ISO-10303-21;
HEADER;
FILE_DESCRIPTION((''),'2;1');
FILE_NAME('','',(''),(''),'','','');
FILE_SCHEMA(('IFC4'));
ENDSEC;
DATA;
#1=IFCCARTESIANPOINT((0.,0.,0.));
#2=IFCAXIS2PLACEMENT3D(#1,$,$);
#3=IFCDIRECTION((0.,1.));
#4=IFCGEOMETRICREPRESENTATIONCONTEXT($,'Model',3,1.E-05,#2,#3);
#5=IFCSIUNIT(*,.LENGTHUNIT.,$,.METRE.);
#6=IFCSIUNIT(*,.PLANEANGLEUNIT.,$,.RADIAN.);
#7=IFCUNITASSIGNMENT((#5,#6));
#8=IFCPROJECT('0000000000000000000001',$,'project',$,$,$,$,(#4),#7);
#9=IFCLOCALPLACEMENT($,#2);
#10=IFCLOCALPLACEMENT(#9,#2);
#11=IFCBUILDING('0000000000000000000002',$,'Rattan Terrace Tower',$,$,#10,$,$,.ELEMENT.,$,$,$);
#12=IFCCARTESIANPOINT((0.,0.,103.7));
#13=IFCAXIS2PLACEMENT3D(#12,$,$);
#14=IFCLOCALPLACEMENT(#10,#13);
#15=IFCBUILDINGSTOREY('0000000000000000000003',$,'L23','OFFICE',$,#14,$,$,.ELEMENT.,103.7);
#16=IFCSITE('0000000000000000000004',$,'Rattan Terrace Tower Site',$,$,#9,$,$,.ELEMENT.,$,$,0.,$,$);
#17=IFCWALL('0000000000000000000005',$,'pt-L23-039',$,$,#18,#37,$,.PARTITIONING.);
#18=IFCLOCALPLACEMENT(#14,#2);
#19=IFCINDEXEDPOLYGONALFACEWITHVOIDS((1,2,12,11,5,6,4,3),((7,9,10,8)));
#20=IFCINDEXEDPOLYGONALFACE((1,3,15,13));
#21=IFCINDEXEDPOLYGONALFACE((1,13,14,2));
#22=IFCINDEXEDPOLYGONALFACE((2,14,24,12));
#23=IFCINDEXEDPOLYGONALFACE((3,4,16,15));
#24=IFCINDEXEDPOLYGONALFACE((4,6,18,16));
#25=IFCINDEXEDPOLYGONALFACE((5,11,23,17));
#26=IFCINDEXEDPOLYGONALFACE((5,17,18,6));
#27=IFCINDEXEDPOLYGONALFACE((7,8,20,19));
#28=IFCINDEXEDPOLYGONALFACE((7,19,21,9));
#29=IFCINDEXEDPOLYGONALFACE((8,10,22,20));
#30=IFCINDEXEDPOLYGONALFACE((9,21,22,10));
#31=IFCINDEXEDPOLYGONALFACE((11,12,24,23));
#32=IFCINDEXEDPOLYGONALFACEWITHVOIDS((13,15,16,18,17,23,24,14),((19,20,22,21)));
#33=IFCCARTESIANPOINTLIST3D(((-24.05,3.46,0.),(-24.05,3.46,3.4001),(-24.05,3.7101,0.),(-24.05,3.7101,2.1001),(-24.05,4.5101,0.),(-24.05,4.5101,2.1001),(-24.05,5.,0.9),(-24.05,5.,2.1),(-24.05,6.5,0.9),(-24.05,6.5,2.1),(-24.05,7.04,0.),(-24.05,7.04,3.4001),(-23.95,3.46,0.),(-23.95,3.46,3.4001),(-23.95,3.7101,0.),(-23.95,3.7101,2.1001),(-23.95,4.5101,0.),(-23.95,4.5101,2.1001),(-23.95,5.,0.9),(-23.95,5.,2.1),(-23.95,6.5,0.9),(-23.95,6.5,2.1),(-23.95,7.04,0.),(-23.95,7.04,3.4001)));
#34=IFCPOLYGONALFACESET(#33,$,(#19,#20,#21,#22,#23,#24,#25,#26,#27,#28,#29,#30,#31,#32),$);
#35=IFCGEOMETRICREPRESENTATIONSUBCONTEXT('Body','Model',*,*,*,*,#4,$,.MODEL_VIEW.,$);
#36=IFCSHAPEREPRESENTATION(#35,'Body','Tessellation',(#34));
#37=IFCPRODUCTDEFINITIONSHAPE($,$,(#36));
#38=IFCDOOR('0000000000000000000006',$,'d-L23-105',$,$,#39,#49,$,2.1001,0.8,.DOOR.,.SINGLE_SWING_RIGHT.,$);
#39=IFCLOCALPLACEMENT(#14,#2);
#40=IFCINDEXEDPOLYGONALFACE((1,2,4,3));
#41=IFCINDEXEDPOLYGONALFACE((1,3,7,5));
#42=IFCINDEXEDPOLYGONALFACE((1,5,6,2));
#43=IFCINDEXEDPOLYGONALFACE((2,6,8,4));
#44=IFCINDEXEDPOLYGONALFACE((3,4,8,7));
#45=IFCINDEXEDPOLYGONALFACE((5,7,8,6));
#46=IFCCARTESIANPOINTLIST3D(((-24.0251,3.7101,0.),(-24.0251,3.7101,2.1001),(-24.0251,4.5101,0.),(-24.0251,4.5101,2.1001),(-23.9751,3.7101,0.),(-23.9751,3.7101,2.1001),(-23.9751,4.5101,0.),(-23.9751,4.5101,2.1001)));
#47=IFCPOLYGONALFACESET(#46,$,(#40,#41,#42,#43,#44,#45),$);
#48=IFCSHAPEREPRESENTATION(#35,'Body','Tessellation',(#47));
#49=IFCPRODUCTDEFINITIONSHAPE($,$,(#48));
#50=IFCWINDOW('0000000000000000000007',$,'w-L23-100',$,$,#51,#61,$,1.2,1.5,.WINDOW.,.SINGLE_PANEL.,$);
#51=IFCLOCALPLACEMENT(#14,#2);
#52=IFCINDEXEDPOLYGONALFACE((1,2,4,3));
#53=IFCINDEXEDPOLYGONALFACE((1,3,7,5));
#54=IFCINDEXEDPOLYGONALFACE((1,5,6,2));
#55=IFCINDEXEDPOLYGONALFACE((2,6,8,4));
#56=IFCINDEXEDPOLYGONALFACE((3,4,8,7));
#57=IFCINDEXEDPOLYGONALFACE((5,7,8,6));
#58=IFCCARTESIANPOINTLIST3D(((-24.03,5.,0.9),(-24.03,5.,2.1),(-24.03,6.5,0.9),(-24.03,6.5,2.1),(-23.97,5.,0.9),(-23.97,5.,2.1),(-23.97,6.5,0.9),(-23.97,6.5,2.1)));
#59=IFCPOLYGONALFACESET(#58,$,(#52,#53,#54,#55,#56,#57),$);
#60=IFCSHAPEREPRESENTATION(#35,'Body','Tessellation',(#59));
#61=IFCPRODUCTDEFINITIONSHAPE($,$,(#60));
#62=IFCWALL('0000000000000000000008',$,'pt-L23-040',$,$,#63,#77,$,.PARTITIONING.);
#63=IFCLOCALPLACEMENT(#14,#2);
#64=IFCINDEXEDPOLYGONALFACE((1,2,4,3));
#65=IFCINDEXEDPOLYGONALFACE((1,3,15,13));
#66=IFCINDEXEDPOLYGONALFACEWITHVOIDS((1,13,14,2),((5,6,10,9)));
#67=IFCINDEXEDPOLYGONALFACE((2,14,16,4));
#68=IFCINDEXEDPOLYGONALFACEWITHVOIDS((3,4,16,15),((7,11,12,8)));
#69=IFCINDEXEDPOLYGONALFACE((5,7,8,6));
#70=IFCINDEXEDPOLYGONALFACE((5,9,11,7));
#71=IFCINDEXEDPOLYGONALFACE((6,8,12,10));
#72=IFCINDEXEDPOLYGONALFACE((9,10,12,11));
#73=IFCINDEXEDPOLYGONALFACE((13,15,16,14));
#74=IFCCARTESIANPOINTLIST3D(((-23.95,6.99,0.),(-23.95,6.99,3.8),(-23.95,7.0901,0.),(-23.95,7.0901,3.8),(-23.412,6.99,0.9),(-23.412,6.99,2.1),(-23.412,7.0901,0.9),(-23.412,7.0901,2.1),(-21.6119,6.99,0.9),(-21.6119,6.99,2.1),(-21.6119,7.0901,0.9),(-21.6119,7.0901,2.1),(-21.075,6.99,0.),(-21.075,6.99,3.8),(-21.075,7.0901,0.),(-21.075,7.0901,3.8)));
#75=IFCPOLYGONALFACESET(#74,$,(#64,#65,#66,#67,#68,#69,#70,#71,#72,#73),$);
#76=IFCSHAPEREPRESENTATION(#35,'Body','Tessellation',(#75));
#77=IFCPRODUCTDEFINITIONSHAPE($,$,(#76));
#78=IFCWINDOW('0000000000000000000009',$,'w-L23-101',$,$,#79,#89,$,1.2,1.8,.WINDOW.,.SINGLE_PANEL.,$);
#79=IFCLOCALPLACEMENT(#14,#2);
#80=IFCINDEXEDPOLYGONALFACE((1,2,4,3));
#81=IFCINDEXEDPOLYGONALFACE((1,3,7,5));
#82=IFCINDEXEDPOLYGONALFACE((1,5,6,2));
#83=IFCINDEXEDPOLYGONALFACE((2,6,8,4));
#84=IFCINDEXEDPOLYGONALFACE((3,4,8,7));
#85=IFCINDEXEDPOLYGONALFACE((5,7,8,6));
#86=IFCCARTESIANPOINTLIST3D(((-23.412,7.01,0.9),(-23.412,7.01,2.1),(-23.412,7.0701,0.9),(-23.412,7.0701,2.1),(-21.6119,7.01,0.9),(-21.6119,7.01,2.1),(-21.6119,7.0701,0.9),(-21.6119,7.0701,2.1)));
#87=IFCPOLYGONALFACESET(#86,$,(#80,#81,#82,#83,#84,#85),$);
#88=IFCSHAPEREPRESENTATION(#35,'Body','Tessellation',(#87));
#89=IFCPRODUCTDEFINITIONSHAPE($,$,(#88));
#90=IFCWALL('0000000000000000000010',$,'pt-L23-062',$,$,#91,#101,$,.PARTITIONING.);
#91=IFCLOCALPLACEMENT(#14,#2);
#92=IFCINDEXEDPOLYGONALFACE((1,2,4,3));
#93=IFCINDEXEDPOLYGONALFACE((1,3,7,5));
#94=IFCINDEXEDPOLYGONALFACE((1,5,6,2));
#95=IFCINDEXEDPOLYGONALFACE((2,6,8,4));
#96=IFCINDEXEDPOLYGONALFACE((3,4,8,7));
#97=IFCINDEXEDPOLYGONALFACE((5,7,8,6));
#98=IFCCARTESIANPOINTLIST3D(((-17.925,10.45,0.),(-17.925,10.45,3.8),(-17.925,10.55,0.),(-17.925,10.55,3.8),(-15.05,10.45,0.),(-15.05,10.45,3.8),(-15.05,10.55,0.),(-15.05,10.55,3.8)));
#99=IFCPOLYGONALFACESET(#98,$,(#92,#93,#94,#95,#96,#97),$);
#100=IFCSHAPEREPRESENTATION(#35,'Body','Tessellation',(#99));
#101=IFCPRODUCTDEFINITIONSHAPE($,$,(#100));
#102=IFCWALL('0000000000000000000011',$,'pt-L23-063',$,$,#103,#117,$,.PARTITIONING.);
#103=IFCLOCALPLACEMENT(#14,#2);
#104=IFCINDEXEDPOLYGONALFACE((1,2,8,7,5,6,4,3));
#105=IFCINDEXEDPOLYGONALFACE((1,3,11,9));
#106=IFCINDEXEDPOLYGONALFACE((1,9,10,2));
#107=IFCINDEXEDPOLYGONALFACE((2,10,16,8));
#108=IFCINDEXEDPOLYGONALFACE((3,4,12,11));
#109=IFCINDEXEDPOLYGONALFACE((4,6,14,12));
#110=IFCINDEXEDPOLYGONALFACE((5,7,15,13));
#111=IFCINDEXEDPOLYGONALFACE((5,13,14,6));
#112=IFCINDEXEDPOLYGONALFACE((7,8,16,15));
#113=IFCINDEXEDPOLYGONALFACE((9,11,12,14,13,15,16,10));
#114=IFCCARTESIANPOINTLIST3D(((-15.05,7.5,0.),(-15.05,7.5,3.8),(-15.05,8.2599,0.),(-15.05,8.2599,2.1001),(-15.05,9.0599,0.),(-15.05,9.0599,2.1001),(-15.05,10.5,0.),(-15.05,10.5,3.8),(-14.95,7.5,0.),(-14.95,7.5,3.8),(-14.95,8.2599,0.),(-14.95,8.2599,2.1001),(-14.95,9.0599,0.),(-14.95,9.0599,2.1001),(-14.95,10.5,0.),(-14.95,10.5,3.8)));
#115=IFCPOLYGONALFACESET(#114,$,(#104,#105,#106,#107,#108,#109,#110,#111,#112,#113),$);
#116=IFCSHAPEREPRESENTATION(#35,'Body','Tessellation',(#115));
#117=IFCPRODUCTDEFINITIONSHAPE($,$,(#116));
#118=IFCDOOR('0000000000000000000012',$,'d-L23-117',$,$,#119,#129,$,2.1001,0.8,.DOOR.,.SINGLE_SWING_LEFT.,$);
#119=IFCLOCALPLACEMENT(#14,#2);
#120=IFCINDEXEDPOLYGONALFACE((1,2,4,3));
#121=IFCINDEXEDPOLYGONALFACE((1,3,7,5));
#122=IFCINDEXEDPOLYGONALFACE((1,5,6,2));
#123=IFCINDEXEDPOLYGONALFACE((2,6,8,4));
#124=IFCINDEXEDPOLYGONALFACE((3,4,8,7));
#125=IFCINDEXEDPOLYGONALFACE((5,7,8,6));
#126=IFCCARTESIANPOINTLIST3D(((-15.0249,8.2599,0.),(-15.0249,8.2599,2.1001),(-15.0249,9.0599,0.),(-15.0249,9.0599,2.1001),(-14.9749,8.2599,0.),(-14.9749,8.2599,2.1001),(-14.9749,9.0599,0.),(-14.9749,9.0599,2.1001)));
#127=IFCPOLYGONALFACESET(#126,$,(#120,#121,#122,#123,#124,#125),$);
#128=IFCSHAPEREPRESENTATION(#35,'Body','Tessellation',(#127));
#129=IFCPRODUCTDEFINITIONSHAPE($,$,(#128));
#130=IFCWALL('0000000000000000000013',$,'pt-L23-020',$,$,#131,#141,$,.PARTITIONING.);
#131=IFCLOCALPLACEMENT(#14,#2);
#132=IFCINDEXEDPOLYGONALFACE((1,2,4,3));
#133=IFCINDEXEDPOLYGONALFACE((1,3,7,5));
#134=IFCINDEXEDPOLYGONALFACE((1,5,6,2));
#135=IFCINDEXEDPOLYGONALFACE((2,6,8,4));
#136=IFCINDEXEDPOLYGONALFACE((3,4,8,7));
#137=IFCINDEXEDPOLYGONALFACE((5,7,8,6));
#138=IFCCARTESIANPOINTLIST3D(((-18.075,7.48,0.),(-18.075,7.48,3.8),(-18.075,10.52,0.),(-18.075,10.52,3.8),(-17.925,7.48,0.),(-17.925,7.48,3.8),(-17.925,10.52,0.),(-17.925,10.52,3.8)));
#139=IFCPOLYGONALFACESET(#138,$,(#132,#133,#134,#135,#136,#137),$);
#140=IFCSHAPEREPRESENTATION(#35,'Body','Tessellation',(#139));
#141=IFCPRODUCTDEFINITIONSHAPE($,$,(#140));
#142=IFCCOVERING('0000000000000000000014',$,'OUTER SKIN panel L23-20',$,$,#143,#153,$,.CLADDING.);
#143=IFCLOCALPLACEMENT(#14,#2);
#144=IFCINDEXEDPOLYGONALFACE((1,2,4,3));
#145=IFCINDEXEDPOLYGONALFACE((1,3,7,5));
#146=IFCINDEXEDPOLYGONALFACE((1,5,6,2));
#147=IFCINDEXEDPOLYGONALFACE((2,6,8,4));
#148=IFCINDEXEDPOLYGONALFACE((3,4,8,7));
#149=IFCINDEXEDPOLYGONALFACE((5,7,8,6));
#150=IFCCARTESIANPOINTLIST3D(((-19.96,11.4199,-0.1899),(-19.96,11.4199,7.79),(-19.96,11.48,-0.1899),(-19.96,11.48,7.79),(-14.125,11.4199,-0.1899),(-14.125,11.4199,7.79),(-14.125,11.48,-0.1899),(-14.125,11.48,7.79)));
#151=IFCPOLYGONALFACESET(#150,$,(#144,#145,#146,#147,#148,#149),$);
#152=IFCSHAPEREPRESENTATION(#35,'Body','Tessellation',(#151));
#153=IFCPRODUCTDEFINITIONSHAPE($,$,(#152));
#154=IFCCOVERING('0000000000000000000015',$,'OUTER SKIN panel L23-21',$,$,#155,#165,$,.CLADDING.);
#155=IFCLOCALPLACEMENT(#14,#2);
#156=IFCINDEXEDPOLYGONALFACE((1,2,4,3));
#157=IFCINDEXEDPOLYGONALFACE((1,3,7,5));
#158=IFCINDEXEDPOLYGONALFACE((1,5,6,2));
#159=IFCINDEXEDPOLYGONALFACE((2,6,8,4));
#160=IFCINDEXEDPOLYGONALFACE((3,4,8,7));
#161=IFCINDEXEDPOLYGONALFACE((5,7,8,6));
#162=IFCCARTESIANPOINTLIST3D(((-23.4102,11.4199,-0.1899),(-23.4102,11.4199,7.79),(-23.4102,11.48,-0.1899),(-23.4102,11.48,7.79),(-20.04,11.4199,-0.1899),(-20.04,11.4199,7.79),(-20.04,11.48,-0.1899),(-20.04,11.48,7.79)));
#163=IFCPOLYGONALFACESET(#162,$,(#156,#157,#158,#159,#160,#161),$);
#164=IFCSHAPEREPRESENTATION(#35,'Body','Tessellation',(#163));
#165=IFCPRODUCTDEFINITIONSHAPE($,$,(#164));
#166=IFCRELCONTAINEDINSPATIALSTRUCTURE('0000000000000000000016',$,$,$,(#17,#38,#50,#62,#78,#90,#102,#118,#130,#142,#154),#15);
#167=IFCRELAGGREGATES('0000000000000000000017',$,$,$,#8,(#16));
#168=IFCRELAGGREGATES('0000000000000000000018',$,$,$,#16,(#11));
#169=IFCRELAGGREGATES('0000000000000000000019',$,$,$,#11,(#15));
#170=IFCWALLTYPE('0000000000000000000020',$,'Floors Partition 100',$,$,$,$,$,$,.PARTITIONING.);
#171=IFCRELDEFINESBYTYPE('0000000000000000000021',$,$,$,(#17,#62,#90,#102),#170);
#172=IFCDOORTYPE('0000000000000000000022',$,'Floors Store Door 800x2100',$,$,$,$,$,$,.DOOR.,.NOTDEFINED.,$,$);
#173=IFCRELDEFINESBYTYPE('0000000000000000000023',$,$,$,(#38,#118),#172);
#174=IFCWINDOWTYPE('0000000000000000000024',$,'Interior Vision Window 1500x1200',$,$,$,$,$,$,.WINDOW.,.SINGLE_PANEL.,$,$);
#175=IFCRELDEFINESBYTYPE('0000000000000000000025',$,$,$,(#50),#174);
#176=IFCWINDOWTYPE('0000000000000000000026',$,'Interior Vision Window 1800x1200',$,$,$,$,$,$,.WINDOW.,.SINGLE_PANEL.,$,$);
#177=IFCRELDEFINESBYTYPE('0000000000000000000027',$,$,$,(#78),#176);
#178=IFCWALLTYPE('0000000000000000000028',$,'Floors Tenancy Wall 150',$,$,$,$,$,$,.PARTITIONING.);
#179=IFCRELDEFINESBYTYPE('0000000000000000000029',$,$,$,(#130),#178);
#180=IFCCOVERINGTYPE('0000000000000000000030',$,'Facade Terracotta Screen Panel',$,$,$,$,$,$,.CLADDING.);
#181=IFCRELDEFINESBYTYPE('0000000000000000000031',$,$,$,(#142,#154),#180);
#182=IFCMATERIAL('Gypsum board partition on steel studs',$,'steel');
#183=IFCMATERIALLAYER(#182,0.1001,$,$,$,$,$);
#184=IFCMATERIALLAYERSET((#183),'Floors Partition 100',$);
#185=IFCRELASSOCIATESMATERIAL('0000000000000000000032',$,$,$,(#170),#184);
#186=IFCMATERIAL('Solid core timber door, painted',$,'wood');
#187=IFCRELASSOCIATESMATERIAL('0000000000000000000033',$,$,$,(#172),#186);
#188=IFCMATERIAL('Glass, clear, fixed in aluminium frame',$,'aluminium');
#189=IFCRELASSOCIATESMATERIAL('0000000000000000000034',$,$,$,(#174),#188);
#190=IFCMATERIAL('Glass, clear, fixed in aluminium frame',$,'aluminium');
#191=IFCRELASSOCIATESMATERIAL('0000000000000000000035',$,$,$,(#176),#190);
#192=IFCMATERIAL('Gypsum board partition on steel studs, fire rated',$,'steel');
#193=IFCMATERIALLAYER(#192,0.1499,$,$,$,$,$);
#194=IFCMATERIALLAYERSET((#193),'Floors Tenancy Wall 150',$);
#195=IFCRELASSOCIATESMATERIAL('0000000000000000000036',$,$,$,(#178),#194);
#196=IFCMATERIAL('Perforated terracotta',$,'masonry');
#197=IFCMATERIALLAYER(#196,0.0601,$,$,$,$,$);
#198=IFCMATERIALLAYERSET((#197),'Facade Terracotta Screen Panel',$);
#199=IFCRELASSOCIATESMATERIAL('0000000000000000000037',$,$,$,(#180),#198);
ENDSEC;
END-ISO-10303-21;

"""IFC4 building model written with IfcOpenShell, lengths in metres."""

from ifc_helpers import new_model, si_unit, direction, frame, frame_2d, origin, origin_2d, place, context, subcontext, project, spatial, rectangle, extrude, material, layer, layer_set, type_object, element, fill, save


model = new_model("IFC4")

# Units and contexts
model_context = context("Model", 3, precision=1e-05, world=origin(), true_north=direction((0.0, 1.0)))
body_context = subcontext(model_context, "Body", "Model", "MODEL_VIEW")
ifc_project = project(units=[si_unit("LENGTHUNIT", "METRE"), si_unit("PLANEANGLEUNIT", "RADIAN")], contexts=[model_context])

# Site, building, storey
site_placement = place(None, origin())
site = spatial("IfcSite", under=ifc_project, at=site_placement, Name="Rattan Terrace Tower Site", CompositionType="ELEMENT", RefElevation=0.0)
building_placement = place(site_placement, origin())
building = spatial("IfcBuilding", under=site, at=building_placement, Name="Rattan Terrace Tower", CompositionType="ELEMENT")
storey_placement = place(building_placement, frame((0.0, 0.0, 103.7)))
storey = spatial("IfcBuildingStorey", under=building, at=storey_placement, Name="L23", Description="OFFICE", CompositionType="ELEMENT", Elevation=103.7)

# Wall, openings, door, window
ifc_material_1 = material(Name="Gypsum board partition on steel studs", Category="steel")
ifc_layer_1 = layer(ifc_material_1, 0.1001)
ifc_layer_set_1 = layer_set([ifc_layer_1], Name="Floors Partition 100")
wall_type_1 = type_object("IfcWallType", Name="Floors Partition 100", PredefinedType="PARTITIONING", material=ifc_layer_set_1)
wall_1_placement = place(storey_placement, frame((-24.0, 7.04, 0.0), z_axis=(0.0, 0.0, 1.0), x_axis=(0.0, -1.0, 0.0)))
wall_1 = element("IfcWall", 1, at=wall_1_placement, inside=storey, type_object=wall_type_1, Name="pt-L23-039", PredefinedType="PARTITIONING", context=body_context, shape_type="SweptSolid", body=[
    extrude(rectangle(XDim=3.5801, YDim=0.1001, at=frame_2d((1.79, 0.0))), origin(), (0.0, 0.0, 1.0), 3.4001),
])
opening_1_placement = place(wall_1_placement, frame((2.53, 0.0, 0.0)))
opening_1 = element("IfcOpeningElement", 2, at=opening_1_placement, cuts=wall_1, PredefinedType="OPENING", context=body_context, shape_type="SweptSolid", body=[
    extrude(rectangle(XDim=0.8, YDim=2.1001, at=frame_2d((0.3999, 1.05))), frame((0.0, 0.0605, 0.0), z_axis=(0.0, -1.0, 0.0), x_axis=(1.0, 0.0, 0.0)), (0.0, 0.0, 1.0), 0.1211),
])
opening_2_placement = place(wall_1_placement, frame((0.54, 0.0, 0.8999)))
opening_2 = element("IfcOpeningElement", 3, at=opening_2_placement, cuts=wall_1, PredefinedType="OPENING", context=body_context, shape_type="SweptSolid", body=[
    extrude(rectangle(XDim=1.5, YDim=1.2, at=frame_2d((0.75, 0.6001))), frame((0.0, 0.0605, 0.0), z_axis=(0.0, -1.0, 0.0), x_axis=(1.0, 0.0, 0.0)), (0.0, 0.0, 1.0), 0.1211),
])
ifc_material_2 = material(Name="Solid core timber door, painted", Category="wood")
door_type = type_object("IfcDoorType", Name="Floors Store Door 800x2100", OperationType="NOTDEFINED", PredefinedType="DOOR", material=ifc_material_2)
door_1_placement = place(opening_1_placement, origin())
door_1 = element("IfcDoor", 4, at=door_1_placement, inside=storey, type_object=door_type, Name="d-L23-105", OperationType="SINGLE_SWING_RIGHT", OverallHeight=2.1001, OverallWidth=0.8, PredefinedType="DOOR", context=body_context, shape_type="SweptSolid", body=[
    extrude(rectangle(XDim=0.8, YDim=2.1001, at=frame_2d((0.3999, 1.05))), frame((0.0, 0.0249, 0.0), z_axis=(0.0, -1.0, 0.0), x_axis=(1.0, 0.0, 0.0)), (0.0, 0.0, 1.0), 0.05),
])
fill(opening_1, door_1)
ifc_material_3 = material(Name="Glass, clear, fixed in aluminium frame", Category="aluminium")
window_type_1 = type_object("IfcWindowType", Name="Interior Vision Window 1500x1200", PartitioningType="SINGLE_PANEL", PredefinedType="WINDOW", material=ifc_material_3)
window_1_placement = place(opening_2_placement, origin())
window_1 = element("IfcWindow", 5, at=window_1_placement, inside=storey, type_object=window_type_1, Name="w-L23-100", OverallHeight=1.2, OverallWidth=1.5, PartitioningType="SINGLE_PANEL", PredefinedType="WINDOW", context=body_context, shape_type="SweptSolid", body=[
    extrude(rectangle(XDim=1.5, YDim=1.2, at=frame_2d((0.75, 0.6001))), frame((0.0, 0.03, 0.0), z_axis=(0.0, -1.0, 0.0), x_axis=(1.0, 0.0, 0.0)), (0.0, 0.0, 1.0), 0.0601),
])
fill(opening_2, window_1)

# Wall, opening, window
wall_2_placement = place(storey_placement, frame((-21.075, 7.04, 0.0), z_axis=(0.0, 0.0, 1.0), x_axis=(-1.0, 0.0, 0.0)))
wall_2 = element("IfcWall", 6, at=wall_2_placement, inside=storey, type_object=wall_type_1, Name="pt-L23-040", PredefinedType="PARTITIONING", context=body_context, shape_type="SweptSolid", body=[
    extrude(rectangle(XDim=2.875, YDim=0.1001, at=frame_2d((1.4375, 0.0))), origin(), (0.0, 0.0, 1.0), 3.8),
])
opening_3_placement = place(wall_2_placement, frame((0.5371, 0.0, 0.8999)))
opening_3 = element("IfcOpeningElement", 7, at=opening_3_placement, cuts=wall_2, PredefinedType="OPENING", context=body_context, shape_type="SweptSolid", body=[
    extrude(rectangle(XDim=1.8, YDim=1.2, at=frame_2d((0.8999, 0.6001))), frame((0.0, 0.0605, 0.0), z_axis=(0.0, -1.0, 0.0), x_axis=(1.0, 0.0, 0.0)), (0.0, 0.0, 1.0), 0.1211),
])
ifc_material_4 = material(Name="Glass, clear, fixed in aluminium frame", Category="aluminium")
window_type_2 = type_object("IfcWindowType", Name="Interior Vision Window 1800x1200", PartitioningType="SINGLE_PANEL", PredefinedType="WINDOW", material=ifc_material_4)
window_2_placement = place(opening_3_placement, origin())
window_2 = element("IfcWindow", 8, at=window_2_placement, inside=storey, type_object=window_type_2, Name="w-L23-101", OverallHeight=1.2, OverallWidth=1.8, PartitioningType="SINGLE_PANEL", PredefinedType="WINDOW", context=body_context, shape_type="SweptSolid", body=[
    extrude(rectangle(XDim=1.8, YDim=1.2, at=frame_2d((0.8999, 0.6001))), frame((0.0, 0.03, 0.0), z_axis=(0.0, -1.0, 0.0), x_axis=(1.0, 0.0, 0.0)), (0.0, 0.0, 1.0), 0.0601),
])
fill(opening_3, window_2)

# Wall
wall_3_placement = place(storey_placement, frame((-15.05, 10.5, 0.0), z_axis=(0.0, 0.0, 1.0), x_axis=(-1.0, 0.0, 0.0)))
element("IfcWall", 9, at=wall_3_placement, inside=storey, type_object=wall_type_1, Name="pt-L23-062", PredefinedType="PARTITIONING", context=body_context, shape_type="SweptSolid", body=[
    extrude(rectangle(XDim=2.875, YDim=0.1001, at=frame_2d((1.4375, 0.0))), origin(), (0.0, 0.0, 1.0), 3.8),
])

# Wall, opening, door
wall_4_placement = place(storey_placement, frame((-15.0, 7.5, 0.0), z_axis=(0.0, 0.0, 1.0), x_axis=(0.0, 1.0, 0.0)))
wall_4 = element("IfcWall", 10, at=wall_4_placement, inside=storey, type_object=wall_type_1, Name="pt-L23-063", PredefinedType="PARTITIONING", context=body_context, shape_type="SweptSolid", body=[
    extrude(rectangle(XDim=3.0, YDim=0.1001, at=frame_2d((1.5, 0.0))), origin(), (0.0, 0.0, 1.0), 3.8),
])
opening_4_placement = place(wall_4_placement, frame((0.76, 0.0, 0.0)))
opening_4 = element("IfcOpeningElement", 11, at=opening_4_placement, cuts=wall_4, PredefinedType="OPENING", context=body_context, shape_type="SweptSolid", body=[
    extrude(rectangle(XDim=0.8, YDim=2.1001, at=frame_2d((0.3999, 1.05))), frame((0.0, 0.0605, 0.0), z_axis=(0.0, -1.0, 0.0), x_axis=(1.0, 0.0, 0.0)), (0.0, 0.0, 1.0), 0.1211),
])
door_2_placement = place(opening_4_placement, origin())
door_2 = element("IfcDoor", 12, at=door_2_placement, inside=storey, type_object=door_type, Name="d-L23-117", OperationType="SINGLE_SWING_LEFT", OverallHeight=2.1001, OverallWidth=0.8, PredefinedType="DOOR", context=body_context, shape_type="SweptSolid", body=[
    extrude(rectangle(XDim=0.8, YDim=2.1001, at=frame_2d((0.3999, 1.05))), frame((0.0, 0.0249, 0.0), z_axis=(0.0, -1.0, 0.0), x_axis=(1.0, 0.0, 0.0)), (0.0, 0.0, 1.0), 0.05),
])
fill(opening_4, door_2)

# Wall
ifc_material_5 = material(Name="Gypsum board partition on steel studs, fire rated", Category="steel")
ifc_layer_2 = layer(ifc_material_5, 0.1499)
ifc_layer_set_2 = layer_set([ifc_layer_2], Name="Floors Tenancy Wall 150")
wall_type_2 = type_object("IfcWallType", Name="Floors Tenancy Wall 150", PredefinedType="PARTITIONING", material=ifc_layer_set_2)
wall_5_placement = place(storey_placement, frame((-18.0, 10.52, 0.0), z_axis=(0.0, 0.0, 1.0), x_axis=(0.0, -1.0, 0.0)))
element("IfcWall", 13, at=wall_5_placement, inside=storey, type_object=wall_type_2, Name="pt-L23-020", PredefinedType="PARTITIONING", context=body_context, shape_type="SweptSolid", body=[
    extrude(rectangle(XDim=3.04, YDim=0.1499, at=frame_2d((1.52, 0.0))), origin(), (0.0, 0.0, 1.0), 3.8),
])

# Coverings
ifc_material_6 = material(Name="Perforated terracotta", Category="masonry")
ifc_layer_3 = layer(ifc_material_6, 0.0601)
ifc_layer_set_3 = layer_set([ifc_layer_3], Name="Facade Terracotta Screen Panel")
covering_type = type_object("IfcCoveringType", Name="Facade Terracotta Screen Panel", PredefinedType="CLADDING", material=ifc_layer_set_3)
covering_1_placement = place(storey_placement, frame((-17.0425, 11.45, -0.1899), z_axis=(0.0, 0.0, 1.0), x_axis=(-1.0, 0.0, 0.0)))
element("IfcCovering", 14, at=covering_1_placement, inside=storey, type_object=covering_type, Name="OUTER SKIN panel L23-20", PredefinedType="CLADDING", context=body_context, shape_type="SweptSolid", body=[
    extrude(rectangle(XDim=5.835, YDim=0.0601, at=origin_2d()), origin(), (0.0, 0.0, 1.0), 7.98),
])
covering_2_placement = place(storey_placement, frame((-21.7251, 11.45, -0.1899), z_axis=(0.0, 0.0, 1.0), x_axis=(-1.0, 0.0, 0.0)))
element("IfcCovering", 15, at=covering_2_placement, inside=storey, type_object=covering_type, Name="OUTER SKIN panel L23-21", PredefinedType="CLADDING", context=body_context, shape_type="SweptSolid", body=[
    extrude(rectangle(XDim=3.3701, YDim=0.0601, at=origin_2d()), origin(), (0.0, 0.0, 1.0), 7.98),
])

save(model, "model.ifc")
